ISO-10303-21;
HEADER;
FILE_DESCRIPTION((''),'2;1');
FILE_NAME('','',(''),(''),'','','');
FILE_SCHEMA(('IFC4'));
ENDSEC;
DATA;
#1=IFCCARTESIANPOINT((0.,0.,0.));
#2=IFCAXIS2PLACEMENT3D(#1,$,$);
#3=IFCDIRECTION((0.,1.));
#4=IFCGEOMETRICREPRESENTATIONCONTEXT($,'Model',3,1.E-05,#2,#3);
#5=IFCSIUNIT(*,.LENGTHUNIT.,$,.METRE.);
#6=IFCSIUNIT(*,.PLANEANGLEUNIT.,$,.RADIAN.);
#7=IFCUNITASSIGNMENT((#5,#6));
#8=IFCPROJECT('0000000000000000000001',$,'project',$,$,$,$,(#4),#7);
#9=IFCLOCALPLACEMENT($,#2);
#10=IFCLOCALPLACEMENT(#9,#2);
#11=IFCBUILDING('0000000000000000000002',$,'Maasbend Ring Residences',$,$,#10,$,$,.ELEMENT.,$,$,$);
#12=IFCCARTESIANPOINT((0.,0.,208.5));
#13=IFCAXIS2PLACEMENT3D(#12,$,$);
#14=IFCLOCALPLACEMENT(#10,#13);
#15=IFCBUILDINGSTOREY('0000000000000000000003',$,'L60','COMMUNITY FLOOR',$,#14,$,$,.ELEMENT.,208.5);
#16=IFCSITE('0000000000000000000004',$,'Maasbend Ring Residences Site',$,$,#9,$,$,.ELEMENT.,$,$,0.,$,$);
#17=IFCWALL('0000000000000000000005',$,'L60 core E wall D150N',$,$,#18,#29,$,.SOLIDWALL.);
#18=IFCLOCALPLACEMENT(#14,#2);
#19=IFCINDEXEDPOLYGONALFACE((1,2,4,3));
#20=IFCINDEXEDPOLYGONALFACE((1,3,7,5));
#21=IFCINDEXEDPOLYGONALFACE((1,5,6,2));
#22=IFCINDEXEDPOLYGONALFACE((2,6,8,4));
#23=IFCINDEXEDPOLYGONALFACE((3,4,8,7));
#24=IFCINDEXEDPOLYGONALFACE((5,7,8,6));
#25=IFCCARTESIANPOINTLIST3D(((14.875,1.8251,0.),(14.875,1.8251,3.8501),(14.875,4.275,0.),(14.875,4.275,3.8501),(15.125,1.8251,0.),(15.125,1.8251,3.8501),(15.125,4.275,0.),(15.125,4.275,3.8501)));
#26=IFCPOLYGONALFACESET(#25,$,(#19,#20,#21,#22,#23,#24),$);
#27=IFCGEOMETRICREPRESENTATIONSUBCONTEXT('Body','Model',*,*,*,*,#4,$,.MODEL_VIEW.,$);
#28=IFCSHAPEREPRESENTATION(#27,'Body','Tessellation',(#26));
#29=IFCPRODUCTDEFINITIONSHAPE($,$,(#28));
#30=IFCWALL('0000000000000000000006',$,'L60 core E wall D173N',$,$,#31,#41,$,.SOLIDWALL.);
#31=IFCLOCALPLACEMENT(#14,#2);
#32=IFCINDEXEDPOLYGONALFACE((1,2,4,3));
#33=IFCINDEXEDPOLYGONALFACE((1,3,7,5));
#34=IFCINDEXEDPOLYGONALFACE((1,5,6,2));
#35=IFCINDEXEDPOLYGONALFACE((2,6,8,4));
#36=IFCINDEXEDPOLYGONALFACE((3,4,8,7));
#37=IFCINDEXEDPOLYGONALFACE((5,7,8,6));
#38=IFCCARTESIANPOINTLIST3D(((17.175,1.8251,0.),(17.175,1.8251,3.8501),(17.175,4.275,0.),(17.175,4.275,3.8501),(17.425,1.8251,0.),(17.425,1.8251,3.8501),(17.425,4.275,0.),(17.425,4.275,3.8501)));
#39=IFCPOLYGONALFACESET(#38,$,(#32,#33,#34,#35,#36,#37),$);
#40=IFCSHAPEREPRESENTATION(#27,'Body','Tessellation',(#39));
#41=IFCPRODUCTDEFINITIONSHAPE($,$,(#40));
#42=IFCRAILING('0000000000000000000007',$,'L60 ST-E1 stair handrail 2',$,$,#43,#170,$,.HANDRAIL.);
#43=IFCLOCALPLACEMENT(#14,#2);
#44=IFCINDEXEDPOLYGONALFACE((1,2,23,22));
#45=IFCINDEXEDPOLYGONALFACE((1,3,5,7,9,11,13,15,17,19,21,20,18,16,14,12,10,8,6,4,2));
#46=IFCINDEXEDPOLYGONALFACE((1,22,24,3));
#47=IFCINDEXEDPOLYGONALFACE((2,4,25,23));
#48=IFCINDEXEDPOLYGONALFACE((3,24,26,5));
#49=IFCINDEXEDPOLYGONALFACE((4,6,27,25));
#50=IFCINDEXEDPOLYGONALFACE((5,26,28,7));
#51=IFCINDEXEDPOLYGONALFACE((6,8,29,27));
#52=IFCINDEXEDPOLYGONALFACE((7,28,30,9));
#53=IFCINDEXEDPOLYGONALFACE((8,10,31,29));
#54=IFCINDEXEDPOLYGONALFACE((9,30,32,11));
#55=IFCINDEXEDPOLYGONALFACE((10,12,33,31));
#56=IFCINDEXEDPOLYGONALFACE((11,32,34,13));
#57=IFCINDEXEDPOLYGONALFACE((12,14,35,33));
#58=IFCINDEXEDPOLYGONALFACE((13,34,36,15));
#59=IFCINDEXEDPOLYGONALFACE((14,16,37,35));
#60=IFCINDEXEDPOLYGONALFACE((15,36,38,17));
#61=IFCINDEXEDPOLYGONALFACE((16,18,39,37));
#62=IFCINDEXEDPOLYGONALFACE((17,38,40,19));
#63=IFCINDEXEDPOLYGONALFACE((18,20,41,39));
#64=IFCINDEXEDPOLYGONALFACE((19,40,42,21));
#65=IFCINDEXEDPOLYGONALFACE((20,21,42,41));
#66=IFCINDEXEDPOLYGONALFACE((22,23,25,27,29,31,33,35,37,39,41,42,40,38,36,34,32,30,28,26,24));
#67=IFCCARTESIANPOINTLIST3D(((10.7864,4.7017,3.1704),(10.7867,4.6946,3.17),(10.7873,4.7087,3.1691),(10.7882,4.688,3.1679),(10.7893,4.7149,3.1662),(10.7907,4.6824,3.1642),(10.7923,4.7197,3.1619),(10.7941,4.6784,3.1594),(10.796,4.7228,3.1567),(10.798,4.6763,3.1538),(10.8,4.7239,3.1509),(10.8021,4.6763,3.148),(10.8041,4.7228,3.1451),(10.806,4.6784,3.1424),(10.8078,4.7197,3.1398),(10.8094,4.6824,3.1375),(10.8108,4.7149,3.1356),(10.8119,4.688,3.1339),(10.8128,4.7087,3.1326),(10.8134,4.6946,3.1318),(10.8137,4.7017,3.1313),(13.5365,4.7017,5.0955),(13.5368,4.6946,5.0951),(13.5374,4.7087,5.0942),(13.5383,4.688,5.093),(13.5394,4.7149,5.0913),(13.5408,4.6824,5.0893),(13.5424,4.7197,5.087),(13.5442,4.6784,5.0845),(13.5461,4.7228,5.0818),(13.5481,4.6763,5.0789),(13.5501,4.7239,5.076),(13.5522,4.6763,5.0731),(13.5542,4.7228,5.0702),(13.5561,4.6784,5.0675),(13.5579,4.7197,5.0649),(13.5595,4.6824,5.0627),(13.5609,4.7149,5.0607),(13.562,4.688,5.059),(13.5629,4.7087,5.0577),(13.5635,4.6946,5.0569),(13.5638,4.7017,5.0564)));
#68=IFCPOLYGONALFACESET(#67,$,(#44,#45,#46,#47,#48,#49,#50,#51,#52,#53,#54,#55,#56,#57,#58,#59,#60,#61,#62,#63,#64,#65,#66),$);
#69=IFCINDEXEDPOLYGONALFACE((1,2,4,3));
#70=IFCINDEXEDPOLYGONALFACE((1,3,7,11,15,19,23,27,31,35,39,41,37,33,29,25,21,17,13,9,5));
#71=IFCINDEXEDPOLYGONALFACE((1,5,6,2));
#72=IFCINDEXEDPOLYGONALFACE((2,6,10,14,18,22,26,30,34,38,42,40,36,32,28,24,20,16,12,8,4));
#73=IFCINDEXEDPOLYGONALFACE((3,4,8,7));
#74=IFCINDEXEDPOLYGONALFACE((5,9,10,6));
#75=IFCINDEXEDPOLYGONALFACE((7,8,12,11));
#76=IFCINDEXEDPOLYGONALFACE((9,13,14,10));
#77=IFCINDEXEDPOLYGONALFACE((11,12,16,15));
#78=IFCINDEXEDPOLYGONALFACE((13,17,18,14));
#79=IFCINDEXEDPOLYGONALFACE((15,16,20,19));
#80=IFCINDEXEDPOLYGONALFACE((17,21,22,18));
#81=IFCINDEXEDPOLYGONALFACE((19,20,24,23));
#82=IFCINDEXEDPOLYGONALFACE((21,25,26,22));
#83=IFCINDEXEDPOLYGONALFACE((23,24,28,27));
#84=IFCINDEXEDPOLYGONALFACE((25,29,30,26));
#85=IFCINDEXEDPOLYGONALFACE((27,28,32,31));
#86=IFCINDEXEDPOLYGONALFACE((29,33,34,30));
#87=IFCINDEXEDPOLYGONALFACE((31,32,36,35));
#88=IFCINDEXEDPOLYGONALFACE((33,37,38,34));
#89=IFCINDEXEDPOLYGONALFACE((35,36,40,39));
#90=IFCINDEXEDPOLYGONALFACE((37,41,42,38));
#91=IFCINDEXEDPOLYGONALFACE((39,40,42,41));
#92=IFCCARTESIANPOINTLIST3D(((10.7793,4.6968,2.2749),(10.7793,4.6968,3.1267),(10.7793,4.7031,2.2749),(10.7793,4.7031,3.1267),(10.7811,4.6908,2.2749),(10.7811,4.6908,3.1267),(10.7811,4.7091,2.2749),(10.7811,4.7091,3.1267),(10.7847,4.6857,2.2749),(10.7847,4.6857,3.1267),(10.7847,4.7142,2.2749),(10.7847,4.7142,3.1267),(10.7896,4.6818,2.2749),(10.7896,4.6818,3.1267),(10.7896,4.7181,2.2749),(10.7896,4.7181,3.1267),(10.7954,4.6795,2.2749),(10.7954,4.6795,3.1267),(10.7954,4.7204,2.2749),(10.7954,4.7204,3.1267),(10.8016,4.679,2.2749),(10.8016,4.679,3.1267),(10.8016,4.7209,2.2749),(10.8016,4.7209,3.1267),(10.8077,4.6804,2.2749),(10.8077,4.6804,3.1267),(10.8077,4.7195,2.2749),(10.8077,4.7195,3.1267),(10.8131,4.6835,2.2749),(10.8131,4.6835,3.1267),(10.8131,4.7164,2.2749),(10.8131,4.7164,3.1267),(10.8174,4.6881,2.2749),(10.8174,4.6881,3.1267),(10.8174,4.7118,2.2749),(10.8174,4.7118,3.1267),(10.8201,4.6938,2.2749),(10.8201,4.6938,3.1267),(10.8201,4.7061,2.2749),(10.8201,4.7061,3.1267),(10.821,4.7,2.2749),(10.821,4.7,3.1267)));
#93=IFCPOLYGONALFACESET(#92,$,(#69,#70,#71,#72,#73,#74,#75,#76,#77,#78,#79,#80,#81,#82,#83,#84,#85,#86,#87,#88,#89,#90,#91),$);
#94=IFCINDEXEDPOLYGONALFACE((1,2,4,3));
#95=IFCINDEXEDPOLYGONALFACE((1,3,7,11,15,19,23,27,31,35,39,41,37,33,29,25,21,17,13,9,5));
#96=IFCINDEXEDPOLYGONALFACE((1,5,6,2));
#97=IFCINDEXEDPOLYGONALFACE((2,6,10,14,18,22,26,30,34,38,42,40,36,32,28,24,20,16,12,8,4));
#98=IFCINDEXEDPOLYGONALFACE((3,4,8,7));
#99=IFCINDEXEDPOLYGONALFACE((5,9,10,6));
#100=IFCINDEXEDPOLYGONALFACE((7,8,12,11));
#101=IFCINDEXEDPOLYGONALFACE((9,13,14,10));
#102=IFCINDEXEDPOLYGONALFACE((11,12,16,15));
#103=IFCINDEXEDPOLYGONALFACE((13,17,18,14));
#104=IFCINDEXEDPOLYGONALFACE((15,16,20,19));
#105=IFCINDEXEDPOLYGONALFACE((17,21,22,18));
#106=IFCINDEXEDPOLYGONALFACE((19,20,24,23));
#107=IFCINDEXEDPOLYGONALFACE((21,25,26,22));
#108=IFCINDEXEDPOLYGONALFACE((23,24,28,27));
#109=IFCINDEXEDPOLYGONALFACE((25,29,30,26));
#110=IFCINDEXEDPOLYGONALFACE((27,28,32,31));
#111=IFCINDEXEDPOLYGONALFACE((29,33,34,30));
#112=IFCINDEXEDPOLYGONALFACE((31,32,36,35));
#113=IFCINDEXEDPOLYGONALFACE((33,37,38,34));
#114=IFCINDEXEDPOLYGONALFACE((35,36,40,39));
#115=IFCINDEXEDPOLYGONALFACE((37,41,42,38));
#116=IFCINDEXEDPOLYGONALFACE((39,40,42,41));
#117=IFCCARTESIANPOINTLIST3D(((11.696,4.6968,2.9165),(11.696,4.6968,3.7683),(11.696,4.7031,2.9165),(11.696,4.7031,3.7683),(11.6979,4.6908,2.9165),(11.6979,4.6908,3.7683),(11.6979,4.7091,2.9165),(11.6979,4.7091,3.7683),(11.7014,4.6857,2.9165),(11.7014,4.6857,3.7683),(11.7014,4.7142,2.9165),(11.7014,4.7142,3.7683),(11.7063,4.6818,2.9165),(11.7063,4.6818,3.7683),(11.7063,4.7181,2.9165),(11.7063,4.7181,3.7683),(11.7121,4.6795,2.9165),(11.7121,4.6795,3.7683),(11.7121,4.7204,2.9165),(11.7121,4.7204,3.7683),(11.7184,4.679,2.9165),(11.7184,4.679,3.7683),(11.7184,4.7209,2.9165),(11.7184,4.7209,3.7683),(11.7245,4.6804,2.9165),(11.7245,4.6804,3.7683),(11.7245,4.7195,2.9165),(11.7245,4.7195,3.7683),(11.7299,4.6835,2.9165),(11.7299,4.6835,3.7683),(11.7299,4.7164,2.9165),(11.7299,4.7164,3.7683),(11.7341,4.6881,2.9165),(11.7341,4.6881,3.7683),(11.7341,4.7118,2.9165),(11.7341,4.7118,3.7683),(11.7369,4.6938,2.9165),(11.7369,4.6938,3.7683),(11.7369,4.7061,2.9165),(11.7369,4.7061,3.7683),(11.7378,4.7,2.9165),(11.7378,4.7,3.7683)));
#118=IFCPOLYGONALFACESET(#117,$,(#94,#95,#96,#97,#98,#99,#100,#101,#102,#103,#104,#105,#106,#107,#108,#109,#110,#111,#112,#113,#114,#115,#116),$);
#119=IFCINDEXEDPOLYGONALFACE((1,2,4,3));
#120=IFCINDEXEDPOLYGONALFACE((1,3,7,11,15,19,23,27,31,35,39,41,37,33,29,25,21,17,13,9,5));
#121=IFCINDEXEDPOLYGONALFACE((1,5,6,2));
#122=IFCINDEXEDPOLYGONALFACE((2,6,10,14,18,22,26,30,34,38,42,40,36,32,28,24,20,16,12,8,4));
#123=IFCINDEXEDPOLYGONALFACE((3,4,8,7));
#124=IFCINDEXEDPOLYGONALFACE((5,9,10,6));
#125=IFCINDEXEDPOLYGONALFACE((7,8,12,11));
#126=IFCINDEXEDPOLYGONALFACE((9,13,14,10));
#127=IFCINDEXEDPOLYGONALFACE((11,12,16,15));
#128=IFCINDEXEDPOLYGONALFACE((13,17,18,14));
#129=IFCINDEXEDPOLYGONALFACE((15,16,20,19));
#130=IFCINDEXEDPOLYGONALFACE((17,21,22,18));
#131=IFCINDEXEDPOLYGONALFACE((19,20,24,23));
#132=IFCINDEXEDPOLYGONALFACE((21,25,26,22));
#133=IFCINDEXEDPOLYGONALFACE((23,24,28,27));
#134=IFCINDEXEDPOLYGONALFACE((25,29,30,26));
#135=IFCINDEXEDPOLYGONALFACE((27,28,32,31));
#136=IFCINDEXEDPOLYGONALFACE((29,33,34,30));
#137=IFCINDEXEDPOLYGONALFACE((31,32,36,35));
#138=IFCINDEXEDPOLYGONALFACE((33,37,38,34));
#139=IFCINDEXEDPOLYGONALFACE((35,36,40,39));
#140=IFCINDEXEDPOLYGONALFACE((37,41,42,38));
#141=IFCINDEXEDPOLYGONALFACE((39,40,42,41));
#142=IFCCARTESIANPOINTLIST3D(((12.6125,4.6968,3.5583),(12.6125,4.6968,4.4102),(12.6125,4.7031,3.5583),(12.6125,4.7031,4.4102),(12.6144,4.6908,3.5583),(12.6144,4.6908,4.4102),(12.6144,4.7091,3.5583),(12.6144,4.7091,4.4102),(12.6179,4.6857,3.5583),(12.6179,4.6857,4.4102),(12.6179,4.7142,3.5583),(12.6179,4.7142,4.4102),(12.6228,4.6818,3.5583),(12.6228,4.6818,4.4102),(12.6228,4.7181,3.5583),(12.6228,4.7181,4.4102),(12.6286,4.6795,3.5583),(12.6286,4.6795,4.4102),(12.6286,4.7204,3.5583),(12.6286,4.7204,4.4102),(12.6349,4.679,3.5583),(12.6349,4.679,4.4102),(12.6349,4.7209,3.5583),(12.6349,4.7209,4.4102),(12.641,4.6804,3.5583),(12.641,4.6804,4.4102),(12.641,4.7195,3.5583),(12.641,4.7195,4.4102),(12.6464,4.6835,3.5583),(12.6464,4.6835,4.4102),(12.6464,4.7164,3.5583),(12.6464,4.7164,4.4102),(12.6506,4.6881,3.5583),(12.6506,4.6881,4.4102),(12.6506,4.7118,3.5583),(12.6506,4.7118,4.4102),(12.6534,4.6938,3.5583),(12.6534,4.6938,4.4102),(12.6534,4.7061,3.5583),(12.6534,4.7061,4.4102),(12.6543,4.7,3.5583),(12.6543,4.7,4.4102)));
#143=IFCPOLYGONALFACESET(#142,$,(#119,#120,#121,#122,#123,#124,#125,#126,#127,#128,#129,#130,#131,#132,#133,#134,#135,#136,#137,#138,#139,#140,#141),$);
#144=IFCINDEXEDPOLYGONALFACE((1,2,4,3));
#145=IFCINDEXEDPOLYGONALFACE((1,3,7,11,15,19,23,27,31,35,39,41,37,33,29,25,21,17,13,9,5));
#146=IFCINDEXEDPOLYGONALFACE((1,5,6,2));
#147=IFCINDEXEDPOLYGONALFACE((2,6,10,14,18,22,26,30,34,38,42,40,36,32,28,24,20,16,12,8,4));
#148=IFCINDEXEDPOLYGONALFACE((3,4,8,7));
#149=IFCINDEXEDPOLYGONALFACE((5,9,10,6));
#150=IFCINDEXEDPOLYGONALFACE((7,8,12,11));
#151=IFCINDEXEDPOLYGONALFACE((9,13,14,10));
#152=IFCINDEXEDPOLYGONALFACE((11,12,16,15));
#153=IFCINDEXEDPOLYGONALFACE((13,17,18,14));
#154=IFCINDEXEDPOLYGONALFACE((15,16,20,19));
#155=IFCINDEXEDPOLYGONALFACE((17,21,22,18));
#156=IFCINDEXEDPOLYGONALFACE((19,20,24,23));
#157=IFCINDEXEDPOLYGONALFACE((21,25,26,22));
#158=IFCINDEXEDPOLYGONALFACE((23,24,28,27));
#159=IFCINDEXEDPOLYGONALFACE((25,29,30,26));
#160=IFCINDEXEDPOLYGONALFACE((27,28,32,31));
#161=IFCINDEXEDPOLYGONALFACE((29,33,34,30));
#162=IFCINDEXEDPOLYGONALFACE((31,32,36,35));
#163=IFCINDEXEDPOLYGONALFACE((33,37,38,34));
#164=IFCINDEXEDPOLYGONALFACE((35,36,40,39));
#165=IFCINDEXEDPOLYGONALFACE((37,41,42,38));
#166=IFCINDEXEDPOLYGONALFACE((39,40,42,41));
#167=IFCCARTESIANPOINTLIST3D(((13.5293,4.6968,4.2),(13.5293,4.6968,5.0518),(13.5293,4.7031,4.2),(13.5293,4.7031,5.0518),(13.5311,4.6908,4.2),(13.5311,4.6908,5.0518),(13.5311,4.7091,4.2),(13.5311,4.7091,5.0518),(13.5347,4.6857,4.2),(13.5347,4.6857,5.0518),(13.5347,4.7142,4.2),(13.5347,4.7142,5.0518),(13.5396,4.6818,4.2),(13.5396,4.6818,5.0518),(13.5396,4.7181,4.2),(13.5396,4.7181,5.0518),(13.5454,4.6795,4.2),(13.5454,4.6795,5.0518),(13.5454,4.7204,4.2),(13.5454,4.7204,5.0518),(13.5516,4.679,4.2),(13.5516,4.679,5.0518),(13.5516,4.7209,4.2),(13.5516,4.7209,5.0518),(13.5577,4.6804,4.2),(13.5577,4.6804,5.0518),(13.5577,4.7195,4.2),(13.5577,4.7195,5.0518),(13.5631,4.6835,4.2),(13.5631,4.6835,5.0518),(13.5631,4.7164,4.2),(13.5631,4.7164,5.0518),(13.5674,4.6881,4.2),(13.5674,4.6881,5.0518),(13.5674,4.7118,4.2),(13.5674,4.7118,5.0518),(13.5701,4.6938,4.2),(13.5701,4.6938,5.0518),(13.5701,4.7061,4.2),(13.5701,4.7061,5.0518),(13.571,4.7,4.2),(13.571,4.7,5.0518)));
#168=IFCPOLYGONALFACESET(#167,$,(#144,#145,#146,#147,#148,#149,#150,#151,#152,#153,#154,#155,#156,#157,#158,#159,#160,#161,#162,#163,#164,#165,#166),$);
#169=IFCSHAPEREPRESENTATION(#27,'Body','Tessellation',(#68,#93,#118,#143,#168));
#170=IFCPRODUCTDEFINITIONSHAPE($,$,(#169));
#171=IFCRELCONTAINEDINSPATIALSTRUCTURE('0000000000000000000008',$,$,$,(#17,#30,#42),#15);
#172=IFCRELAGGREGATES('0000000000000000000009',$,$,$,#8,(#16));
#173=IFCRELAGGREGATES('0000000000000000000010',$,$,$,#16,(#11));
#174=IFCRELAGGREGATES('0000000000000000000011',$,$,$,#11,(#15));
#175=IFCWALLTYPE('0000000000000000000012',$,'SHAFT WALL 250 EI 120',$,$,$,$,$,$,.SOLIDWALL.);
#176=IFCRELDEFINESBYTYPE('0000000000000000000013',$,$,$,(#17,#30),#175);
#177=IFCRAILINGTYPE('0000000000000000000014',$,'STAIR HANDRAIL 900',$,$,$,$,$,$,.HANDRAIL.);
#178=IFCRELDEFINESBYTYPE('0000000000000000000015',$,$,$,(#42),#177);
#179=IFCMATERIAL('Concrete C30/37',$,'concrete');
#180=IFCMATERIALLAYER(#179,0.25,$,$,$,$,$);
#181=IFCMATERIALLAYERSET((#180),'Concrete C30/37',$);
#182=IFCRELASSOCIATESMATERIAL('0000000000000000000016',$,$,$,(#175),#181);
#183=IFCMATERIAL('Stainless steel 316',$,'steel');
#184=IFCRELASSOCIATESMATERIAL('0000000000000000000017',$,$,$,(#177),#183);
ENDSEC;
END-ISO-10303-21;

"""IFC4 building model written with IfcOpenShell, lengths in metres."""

from ifc_helpers import new_model, si_unit, direction, frame, frame_2d, origin, origin_2d, place, context, subcontext, project, spatial, rectangle, circle, extrude, material, layer, layer_set, type_object, element, save


model = new_model("IFC4")

# Units and contexts
model_context = context("Model", 3, precision=1e-05, world=origin(), true_north=direction((0.0, 1.0)))
body_context = subcontext(model_context, "Body", "Model", "MODEL_VIEW")
ifc_project = project(units=[si_unit("LENGTHUNIT", "METRE"), si_unit("PLANEANGLEUNIT", "RADIAN")], contexts=[model_context])

# Site, building, storey
site_placement = place(None, origin())
site = spatial("IfcSite", under=ifc_project, at=site_placement, Name="Maasbend Ring Residences Site", CompositionType="ELEMENT", RefElevation=0.0)
building_placement = place(site_placement, origin())
building = spatial("IfcBuilding", under=site, at=building_placement, Name="Maasbend Ring Residences", CompositionType="ELEMENT")
storey_placement = place(building_placement, frame((0.0, 0.0, 208.5)))
storey = spatial("IfcBuildingStorey", under=building, at=storey_placement, Name="L60", Description="COMMUNITY FLOOR", CompositionType="ELEMENT", Elevation=208.5)

# Walls
ifc_material_1 = material(Name="Concrete C30/37", Category="concrete")
ifc_layer_1 = layer(ifc_material_1, 0.25)
ifc_layer_set_1 = layer_set([ifc_layer_1], Name="Concrete C30/37")
wall_type_1 = type_object("IfcWallType", Name="SHAFT WALL 250 EI 120", PredefinedType="SOLIDWALL", material=ifc_layer_set_1)
for number, where, z_axis, x_axis, name in (
    (1, (15.0, 1.825, 0.0), (0.0, 0.0, 1.0), (0.0, 1.0, 0.0), "L60 core E wall D150N"),
    (2, (17.3, 1.825, 0.0), (0.0, 0.0, 1.0), (0.0, 1.0, 0.0), "L60 core E wall D173N"),
):
    element("IfcWall", number, at=place(storey_placement, frame(where, z_axis=z_axis, x_axis=x_axis)), inside=storey, type_object=wall_type_1, Name=name, PredefinedType="SOLIDWALL", context=body_context, shape_type="SweptSolid", body=[
        extrude(rectangle(XDim=2.45, YDim=0.25, at=frame_2d((1.2251, 0.0))), origin(), (0.0, 0.0, 1.0), 3.8501),
    ])

# Railing
ifc_material_2 = material(Name="Stainless steel 316", Category="steel")
railing_type_1 = type_object("IfcRailingType", Name="STAIR HANDRAIL 900", PredefinedType="HANDRAIL", material=ifc_material_2)
railing_1_placement = place(storey_placement, frame((10.8, 4.7, 2.2749)))
element("IfcRailing", 3, at=railing_1_placement, inside=storey, type_object=railing_type_1, Name="L60 ST-E1 stair handrail 2", PredefinedType="HANDRAIL", context=body_context, shape_type="SweptSolid", body=[
    extrude(circle(Radius=0.0239, at=origin_2d()), frame((0.0, 0.0, 0.876), z_axis=(0.819225, 0.0, 0.573472), x_axis=(0.0, 1.0, 0.0)), (0.0, 0.0, 1.0), 3.3569),
    extrude(circle(Radius=0.021, at=origin_2d()), origin(), (0.0, 0.0, 1.0), 0.8518),
    extrude(circle(Radius=0.021, at=origin_2d()), frame((0.9167, 0.0, 0.6416)), (0.0, 0.0, 1.0), 0.8518),
    extrude(circle(Radius=0.021, at=origin_2d()), frame((1.8333, 0.0, 1.2834)), (0.0, 0.0, 1.0), 0.8518),
    extrude(circle(Radius=0.021, at=origin_2d()), frame((2.75, 0.0, 1.925)), (0.0, 0.0, 1.0), 0.8518),
])

save(model, "model.ifc")
